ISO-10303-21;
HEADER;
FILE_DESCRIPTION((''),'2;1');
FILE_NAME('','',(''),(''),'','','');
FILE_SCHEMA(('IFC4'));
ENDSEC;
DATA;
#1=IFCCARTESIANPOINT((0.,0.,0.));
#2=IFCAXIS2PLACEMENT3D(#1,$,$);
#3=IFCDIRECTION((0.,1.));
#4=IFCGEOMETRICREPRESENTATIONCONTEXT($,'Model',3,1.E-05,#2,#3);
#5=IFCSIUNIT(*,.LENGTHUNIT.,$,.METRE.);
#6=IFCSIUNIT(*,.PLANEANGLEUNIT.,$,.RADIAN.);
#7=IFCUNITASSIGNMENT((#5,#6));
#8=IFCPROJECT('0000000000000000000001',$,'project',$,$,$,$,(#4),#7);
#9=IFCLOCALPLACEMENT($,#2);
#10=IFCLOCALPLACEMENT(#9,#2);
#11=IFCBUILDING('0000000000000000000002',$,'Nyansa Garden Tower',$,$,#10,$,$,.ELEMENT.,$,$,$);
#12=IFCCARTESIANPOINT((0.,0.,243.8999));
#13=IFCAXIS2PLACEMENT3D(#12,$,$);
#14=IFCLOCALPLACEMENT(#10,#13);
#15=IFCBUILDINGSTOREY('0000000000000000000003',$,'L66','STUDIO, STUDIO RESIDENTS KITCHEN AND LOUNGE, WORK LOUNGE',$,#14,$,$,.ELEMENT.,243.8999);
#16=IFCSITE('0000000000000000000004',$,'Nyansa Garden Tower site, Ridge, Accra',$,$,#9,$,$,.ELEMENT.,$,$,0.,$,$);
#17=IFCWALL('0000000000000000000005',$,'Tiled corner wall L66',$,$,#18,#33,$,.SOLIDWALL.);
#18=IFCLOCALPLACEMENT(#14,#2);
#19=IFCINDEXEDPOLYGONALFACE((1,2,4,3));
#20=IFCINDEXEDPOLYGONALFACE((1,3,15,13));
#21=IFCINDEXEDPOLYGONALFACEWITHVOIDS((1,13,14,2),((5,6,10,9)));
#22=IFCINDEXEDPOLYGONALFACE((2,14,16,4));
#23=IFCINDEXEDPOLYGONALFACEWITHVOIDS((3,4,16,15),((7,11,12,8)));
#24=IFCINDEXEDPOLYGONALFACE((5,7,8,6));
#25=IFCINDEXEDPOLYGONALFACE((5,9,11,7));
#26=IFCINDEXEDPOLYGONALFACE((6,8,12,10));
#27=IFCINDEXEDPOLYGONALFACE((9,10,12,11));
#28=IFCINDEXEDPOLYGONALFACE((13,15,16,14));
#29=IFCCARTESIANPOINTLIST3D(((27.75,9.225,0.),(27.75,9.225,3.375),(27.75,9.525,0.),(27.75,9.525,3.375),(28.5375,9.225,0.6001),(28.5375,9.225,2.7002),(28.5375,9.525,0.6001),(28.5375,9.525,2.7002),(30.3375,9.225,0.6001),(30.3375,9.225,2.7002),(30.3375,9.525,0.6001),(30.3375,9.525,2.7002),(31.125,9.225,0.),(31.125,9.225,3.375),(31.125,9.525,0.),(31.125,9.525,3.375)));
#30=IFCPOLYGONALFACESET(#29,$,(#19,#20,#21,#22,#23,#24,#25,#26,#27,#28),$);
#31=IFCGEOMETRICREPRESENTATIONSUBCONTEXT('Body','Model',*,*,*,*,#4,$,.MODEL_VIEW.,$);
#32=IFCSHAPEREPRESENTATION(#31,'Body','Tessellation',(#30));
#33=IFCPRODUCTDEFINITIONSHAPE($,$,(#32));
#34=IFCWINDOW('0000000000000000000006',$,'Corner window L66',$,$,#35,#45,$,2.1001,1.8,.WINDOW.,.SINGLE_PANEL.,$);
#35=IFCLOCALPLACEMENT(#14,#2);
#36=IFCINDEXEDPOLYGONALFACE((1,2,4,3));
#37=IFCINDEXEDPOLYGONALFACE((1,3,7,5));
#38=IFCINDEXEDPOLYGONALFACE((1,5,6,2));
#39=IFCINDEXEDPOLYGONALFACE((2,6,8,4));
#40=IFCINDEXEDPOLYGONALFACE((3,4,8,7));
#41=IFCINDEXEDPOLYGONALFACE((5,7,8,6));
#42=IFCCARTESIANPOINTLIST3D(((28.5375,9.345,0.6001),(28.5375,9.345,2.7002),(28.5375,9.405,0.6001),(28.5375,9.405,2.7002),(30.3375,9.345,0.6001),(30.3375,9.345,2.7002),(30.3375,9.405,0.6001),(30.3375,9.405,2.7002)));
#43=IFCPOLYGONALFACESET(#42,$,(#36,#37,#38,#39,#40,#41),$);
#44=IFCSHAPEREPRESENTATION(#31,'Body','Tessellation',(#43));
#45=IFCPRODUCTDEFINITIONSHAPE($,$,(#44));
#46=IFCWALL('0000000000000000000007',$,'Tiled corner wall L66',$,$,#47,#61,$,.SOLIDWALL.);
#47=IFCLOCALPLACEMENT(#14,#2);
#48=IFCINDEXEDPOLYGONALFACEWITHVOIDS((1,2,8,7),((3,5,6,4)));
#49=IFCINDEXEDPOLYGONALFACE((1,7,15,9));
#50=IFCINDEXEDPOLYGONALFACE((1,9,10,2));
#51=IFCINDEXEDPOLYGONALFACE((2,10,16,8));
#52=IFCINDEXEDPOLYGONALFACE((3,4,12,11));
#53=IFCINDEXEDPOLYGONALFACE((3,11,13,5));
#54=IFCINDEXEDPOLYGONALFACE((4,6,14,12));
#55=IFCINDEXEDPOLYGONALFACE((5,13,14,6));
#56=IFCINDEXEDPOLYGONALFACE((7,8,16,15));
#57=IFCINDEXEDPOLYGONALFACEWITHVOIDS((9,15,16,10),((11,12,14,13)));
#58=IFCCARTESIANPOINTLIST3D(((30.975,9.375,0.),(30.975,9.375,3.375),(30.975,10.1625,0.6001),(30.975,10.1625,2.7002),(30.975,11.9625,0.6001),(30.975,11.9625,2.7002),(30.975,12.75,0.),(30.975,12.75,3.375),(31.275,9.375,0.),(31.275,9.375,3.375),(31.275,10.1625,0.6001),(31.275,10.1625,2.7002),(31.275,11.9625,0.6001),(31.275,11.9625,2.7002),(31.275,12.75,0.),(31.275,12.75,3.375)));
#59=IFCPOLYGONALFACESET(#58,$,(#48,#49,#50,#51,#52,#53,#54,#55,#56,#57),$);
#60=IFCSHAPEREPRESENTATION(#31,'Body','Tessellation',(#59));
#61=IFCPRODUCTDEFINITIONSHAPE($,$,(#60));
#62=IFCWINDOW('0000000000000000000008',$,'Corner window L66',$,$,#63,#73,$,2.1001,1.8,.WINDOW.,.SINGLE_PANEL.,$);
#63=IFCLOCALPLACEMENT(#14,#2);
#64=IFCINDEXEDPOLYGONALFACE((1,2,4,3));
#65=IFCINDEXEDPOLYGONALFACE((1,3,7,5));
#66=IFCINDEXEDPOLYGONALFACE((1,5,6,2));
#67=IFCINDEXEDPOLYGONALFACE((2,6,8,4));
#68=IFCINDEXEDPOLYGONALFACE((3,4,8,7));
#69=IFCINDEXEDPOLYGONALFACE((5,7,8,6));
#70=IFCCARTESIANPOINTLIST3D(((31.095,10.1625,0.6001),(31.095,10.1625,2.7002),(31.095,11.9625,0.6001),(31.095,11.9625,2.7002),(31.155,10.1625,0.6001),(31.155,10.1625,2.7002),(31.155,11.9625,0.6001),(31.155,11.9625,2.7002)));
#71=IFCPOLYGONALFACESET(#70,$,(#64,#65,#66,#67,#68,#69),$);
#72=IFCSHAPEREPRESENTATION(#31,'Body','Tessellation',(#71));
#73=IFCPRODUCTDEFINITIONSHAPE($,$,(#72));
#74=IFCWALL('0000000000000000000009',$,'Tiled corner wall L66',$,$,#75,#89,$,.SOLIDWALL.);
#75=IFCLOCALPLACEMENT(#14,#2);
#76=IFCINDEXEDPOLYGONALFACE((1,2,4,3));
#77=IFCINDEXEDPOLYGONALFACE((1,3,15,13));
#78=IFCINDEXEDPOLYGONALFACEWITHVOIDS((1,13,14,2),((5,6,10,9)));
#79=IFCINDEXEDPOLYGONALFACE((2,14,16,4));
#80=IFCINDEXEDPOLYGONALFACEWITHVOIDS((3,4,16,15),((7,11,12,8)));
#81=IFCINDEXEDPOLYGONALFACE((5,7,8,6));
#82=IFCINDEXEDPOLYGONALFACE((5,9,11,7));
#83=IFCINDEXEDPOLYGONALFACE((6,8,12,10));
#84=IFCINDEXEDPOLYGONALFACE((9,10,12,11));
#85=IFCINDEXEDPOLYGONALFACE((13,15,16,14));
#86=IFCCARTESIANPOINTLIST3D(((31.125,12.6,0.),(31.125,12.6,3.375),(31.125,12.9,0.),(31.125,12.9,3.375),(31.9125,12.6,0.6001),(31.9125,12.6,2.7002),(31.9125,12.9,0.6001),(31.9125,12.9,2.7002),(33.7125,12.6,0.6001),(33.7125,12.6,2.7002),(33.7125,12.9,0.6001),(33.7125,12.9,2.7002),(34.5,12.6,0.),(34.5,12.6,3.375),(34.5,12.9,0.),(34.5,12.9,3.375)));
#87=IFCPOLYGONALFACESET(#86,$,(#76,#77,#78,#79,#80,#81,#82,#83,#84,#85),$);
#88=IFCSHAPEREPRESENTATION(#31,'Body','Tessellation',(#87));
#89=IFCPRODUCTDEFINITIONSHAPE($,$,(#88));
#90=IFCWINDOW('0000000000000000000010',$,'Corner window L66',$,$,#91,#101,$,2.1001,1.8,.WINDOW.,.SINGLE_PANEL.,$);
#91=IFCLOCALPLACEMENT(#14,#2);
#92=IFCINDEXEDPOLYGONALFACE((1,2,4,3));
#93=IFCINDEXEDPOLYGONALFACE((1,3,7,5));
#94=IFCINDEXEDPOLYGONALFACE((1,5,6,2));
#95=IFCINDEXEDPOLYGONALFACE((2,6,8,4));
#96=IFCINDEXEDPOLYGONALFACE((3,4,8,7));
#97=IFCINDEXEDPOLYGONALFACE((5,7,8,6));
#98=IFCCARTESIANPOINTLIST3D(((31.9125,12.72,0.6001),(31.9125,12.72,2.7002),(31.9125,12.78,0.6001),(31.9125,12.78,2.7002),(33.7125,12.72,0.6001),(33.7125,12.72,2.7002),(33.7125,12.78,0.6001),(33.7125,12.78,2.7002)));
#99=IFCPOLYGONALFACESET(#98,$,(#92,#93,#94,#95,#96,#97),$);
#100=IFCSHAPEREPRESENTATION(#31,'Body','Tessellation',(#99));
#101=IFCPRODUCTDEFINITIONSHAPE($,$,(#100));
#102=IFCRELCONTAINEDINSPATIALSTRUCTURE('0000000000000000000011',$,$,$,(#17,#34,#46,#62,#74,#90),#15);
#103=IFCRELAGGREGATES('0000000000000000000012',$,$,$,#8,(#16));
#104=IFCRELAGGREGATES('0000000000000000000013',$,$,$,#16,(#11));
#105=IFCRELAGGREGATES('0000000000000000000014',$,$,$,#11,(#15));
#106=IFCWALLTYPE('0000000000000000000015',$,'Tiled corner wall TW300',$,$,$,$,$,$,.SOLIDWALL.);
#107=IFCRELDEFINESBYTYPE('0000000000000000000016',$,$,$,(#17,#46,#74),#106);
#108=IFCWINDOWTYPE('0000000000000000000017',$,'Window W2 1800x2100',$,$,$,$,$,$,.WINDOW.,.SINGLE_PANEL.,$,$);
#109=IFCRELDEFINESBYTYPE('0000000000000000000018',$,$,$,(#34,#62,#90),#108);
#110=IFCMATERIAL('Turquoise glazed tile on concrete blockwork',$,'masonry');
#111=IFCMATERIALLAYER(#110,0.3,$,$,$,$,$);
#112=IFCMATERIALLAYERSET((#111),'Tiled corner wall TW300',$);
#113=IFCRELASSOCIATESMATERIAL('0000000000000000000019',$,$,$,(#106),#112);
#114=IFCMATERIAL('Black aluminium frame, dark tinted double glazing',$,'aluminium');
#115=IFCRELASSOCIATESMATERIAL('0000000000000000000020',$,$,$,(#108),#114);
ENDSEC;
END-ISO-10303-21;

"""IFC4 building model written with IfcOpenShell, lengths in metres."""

from ifc_helpers import new_model, si_unit, direction, frame, frame_2d, origin, place, context, subcontext, project, spatial, rectangle, extrude, material, layer, layer_set, type_object, element, fill, save


model = new_model("IFC4")

# Units and contexts
model_context = context("Model", 3, precision=1e-05, world=origin(), true_north=direction((0.0, 1.0)))
body_context = subcontext(model_context, "Body", "Model", "MODEL_VIEW")
ifc_project = project(units=[si_unit("LENGTHUNIT", "METRE"), si_unit("PLANEANGLEUNIT", "RADIAN")], contexts=[model_context])

# Site, building, storey
site_placement = place(None, origin())
site = spatial("IfcSite", under=ifc_project, at=site_placement, Name="Nyansa Garden Tower site, Ridge, Accra", CompositionType="ELEMENT", RefElevation=0.0)
building_placement = place(site_placement, origin())
building = spatial("IfcBuilding", under=site, at=building_placement, Name="Nyansa Garden Tower", CompositionType="ELEMENT")
storey_placement = place(building_placement, frame((0.0, 0.0, 243.8999)))
storey = spatial("IfcBuildingStorey", under=building, at=storey_placement, Name="L66", Description="STUDIO, STUDIO RESIDENTS KITCHEN AND LOUNGE, WORK LOUNGE", CompositionType="ELEMENT", Elevation=243.8999)

# Walls, openings, windows
ifc_material_1 = material(Name="Turquoise glazed tile on concrete blockwork", Category="masonry")
ifc_layer_1 = layer(ifc_material_1, 0.3)
ifc_layer_set_1 = layer_set([ifc_layer_1], Name="Tiled corner wall TW300")
wall_type_1 = type_object("IfcWallType", Name="Tiled corner wall TW300", PredefinedType="SOLIDWALL", material=ifc_layer_set_1)
wall_1_placement = place(storey_placement, frame((27.75, 9.375, 0.0), z_axis=(0.0, 0.0, 1.0), x_axis=(1.0, 0.0, 0.0)))
wall_1 = element("IfcWall", 1, at=wall_1_placement, inside=storey, type_object=wall_type_1, Name="Tiled corner wall L66", PredefinedType="SOLIDWALL", context=body_context, shape_type="SweptSolid", body=[
    extrude(rectangle(XDim=3.375, YDim=0.3, at=frame_2d((1.6875, 0.0))), origin(), (0.0, 0.0, 1.0), 3.375),
])
opening_1_placement = place(wall_1_placement, frame((0.7876, 0.0, 0.6001)))
opening_1 = element("IfcOpeningElement", 2, at=opening_1_placement, cuts=wall_1, PredefinedType="OPENING", context=body_context, shape_type="SweptSolid", body=[
    extrude(rectangle(XDim=1.8, YDim=2.1001, at=frame_2d((0.8999, 1.05))), frame((0.0, 0.1599, 0.0), z_axis=(0.0, -1.0, 0.0), x_axis=(1.0, 0.0, 0.0)), (0.0, 0.0, 1.0), 0.3201),
])
ifc_material_2 = material(Name="Black aluminium frame, dark tinted double glazing", Category="aluminium")
window_type = type_object("IfcWindowType", Name="Window W2 1800x2100", PartitioningType="SINGLE_PANEL", PredefinedType="WINDOW", material=ifc_material_2)
window_1_placement = place(opening_1_placement, origin())
window_1 = element("IfcWindow", 3, at=window_1_placement, inside=storey, type_object=window_type, Name="Corner window L66", OverallHeight=2.1001, OverallWidth=1.8, PartitioningType="SINGLE_PANEL", PredefinedType="WINDOW", context=body_context, shape_type="SweptSolid", body=[
    extrude(rectangle(XDim=1.8, YDim=2.1001, at=frame_2d((0.8999, 1.05))), frame((0.0, 0.03, 0.0), z_axis=(0.0, -1.0, 0.0), x_axis=(1.0, 0.0, 0.0)), (0.0, 0.0, 1.0), 0.0601),
])
fill(opening_1, window_1)
wall_2_placement = place(storey_placement, frame((31.125, 9.375, 0.0), z_axis=(0.0, 0.0, 1.0), x_axis=(0.0, 1.0, 0.0)))
wall_2 = element("IfcWall", 4, at=wall_2_placement, inside=storey, type_object=wall_type_1, Name="Tiled corner wall L66", PredefinedType="SOLIDWALL", context=body_context, shape_type="SweptSolid", body=[
    extrude(rectangle(XDim=3.375, YDim=0.3, at=frame_2d((1.6875, 0.0))), origin(), (0.0, 0.0, 1.0), 3.375),
])
opening_2_placement = place(wall_2_placement, frame((0.7876, 0.0, 0.6001)))
opening_2 = element("IfcOpeningElement", 5, at=opening_2_placement, cuts=wall_2, PredefinedType="OPENING", context=body_context, shape_type="SweptSolid", body=[
    extrude(rectangle(XDim=1.8, YDim=2.1001, at=frame_2d((0.8999, 1.05))), frame((0.0, 0.1599, 0.0), z_axis=(0.0, -1.0, 0.0), x_axis=(1.0, 0.0, 0.0)), (0.0, 0.0, 1.0), 0.3201),
])
window_2_placement = place(opening_2_placement, origin())
window_2 = element("IfcWindow", 6, at=window_2_placement, inside=storey, type_object=window_type, Name="Corner window L66", OverallHeight=2.1001, OverallWidth=1.8, PartitioningType="SINGLE_PANEL", PredefinedType="WINDOW", context=body_context, shape_type="SweptSolid", body=[
    extrude(rectangle(XDim=1.8, YDim=2.1001, at=frame_2d((0.8999, 1.05))), frame((0.0, 0.03, 0.0), z_axis=(0.0, -1.0, 0.0), x_axis=(1.0, 0.0, 0.0)), (0.0, 0.0, 1.0), 0.0601),
])
fill(opening_2, window_2)
wall_3_placement = place(storey_placement, frame((31.125, 12.75, 0.0), z_axis=(0.0, 0.0, 1.0), x_axis=(1.0, 0.0, 0.0)))
wall_3 = element("IfcWall", 7, at=wall_3_placement, inside=storey, type_object=wall_type_1, Name="Tiled corner wall L66", PredefinedType="SOLIDWALL", context=body_context, shape_type="SweptSolid", body=[
    extrude(rectangle(XDim=3.375, YDim=0.3, at=frame_2d((1.6875, 0.0))), origin(), (0.0, 0.0, 1.0), 3.375),
])
opening_3_placement = place(wall_3_placement, frame((0.7876, 0.0, 0.6001)))
opening_3 = element("IfcOpeningElement", 8, at=opening_3_placement, cuts=wall_3, PredefinedType="OPENING", context=body_context, shape_type="SweptSolid", body=[
    extrude(rectangle(XDim=1.8, YDim=2.1001, at=frame_2d((0.8999, 1.05))), frame((0.0, 0.1599, 0.0), z_axis=(0.0, -1.0, 0.0), x_axis=(1.0, 0.0, 0.0)), (0.0, 0.0, 1.0), 0.3201),
])
window_3_placement = place(opening_3_placement, origin())
window_3 = element("IfcWindow", 9, at=window_3_placement, inside=storey, type_object=window_type, Name="Corner window L66", OverallHeight=2.1001, OverallWidth=1.8, PartitioningType="SINGLE_PANEL", PredefinedType="WINDOW", context=body_context, shape_type="SweptSolid", body=[
    extrude(rectangle(XDim=1.8, YDim=2.1001, at=frame_2d((0.8999, 1.05))), frame((0.0, 0.03, 0.0), z_axis=(0.0, -1.0, 0.0), x_axis=(1.0, 0.0, 0.0)), (0.0, 0.0, 1.0), 0.0601),
])
fill(opening_3, window_3)

save(model, "model.ifc")
